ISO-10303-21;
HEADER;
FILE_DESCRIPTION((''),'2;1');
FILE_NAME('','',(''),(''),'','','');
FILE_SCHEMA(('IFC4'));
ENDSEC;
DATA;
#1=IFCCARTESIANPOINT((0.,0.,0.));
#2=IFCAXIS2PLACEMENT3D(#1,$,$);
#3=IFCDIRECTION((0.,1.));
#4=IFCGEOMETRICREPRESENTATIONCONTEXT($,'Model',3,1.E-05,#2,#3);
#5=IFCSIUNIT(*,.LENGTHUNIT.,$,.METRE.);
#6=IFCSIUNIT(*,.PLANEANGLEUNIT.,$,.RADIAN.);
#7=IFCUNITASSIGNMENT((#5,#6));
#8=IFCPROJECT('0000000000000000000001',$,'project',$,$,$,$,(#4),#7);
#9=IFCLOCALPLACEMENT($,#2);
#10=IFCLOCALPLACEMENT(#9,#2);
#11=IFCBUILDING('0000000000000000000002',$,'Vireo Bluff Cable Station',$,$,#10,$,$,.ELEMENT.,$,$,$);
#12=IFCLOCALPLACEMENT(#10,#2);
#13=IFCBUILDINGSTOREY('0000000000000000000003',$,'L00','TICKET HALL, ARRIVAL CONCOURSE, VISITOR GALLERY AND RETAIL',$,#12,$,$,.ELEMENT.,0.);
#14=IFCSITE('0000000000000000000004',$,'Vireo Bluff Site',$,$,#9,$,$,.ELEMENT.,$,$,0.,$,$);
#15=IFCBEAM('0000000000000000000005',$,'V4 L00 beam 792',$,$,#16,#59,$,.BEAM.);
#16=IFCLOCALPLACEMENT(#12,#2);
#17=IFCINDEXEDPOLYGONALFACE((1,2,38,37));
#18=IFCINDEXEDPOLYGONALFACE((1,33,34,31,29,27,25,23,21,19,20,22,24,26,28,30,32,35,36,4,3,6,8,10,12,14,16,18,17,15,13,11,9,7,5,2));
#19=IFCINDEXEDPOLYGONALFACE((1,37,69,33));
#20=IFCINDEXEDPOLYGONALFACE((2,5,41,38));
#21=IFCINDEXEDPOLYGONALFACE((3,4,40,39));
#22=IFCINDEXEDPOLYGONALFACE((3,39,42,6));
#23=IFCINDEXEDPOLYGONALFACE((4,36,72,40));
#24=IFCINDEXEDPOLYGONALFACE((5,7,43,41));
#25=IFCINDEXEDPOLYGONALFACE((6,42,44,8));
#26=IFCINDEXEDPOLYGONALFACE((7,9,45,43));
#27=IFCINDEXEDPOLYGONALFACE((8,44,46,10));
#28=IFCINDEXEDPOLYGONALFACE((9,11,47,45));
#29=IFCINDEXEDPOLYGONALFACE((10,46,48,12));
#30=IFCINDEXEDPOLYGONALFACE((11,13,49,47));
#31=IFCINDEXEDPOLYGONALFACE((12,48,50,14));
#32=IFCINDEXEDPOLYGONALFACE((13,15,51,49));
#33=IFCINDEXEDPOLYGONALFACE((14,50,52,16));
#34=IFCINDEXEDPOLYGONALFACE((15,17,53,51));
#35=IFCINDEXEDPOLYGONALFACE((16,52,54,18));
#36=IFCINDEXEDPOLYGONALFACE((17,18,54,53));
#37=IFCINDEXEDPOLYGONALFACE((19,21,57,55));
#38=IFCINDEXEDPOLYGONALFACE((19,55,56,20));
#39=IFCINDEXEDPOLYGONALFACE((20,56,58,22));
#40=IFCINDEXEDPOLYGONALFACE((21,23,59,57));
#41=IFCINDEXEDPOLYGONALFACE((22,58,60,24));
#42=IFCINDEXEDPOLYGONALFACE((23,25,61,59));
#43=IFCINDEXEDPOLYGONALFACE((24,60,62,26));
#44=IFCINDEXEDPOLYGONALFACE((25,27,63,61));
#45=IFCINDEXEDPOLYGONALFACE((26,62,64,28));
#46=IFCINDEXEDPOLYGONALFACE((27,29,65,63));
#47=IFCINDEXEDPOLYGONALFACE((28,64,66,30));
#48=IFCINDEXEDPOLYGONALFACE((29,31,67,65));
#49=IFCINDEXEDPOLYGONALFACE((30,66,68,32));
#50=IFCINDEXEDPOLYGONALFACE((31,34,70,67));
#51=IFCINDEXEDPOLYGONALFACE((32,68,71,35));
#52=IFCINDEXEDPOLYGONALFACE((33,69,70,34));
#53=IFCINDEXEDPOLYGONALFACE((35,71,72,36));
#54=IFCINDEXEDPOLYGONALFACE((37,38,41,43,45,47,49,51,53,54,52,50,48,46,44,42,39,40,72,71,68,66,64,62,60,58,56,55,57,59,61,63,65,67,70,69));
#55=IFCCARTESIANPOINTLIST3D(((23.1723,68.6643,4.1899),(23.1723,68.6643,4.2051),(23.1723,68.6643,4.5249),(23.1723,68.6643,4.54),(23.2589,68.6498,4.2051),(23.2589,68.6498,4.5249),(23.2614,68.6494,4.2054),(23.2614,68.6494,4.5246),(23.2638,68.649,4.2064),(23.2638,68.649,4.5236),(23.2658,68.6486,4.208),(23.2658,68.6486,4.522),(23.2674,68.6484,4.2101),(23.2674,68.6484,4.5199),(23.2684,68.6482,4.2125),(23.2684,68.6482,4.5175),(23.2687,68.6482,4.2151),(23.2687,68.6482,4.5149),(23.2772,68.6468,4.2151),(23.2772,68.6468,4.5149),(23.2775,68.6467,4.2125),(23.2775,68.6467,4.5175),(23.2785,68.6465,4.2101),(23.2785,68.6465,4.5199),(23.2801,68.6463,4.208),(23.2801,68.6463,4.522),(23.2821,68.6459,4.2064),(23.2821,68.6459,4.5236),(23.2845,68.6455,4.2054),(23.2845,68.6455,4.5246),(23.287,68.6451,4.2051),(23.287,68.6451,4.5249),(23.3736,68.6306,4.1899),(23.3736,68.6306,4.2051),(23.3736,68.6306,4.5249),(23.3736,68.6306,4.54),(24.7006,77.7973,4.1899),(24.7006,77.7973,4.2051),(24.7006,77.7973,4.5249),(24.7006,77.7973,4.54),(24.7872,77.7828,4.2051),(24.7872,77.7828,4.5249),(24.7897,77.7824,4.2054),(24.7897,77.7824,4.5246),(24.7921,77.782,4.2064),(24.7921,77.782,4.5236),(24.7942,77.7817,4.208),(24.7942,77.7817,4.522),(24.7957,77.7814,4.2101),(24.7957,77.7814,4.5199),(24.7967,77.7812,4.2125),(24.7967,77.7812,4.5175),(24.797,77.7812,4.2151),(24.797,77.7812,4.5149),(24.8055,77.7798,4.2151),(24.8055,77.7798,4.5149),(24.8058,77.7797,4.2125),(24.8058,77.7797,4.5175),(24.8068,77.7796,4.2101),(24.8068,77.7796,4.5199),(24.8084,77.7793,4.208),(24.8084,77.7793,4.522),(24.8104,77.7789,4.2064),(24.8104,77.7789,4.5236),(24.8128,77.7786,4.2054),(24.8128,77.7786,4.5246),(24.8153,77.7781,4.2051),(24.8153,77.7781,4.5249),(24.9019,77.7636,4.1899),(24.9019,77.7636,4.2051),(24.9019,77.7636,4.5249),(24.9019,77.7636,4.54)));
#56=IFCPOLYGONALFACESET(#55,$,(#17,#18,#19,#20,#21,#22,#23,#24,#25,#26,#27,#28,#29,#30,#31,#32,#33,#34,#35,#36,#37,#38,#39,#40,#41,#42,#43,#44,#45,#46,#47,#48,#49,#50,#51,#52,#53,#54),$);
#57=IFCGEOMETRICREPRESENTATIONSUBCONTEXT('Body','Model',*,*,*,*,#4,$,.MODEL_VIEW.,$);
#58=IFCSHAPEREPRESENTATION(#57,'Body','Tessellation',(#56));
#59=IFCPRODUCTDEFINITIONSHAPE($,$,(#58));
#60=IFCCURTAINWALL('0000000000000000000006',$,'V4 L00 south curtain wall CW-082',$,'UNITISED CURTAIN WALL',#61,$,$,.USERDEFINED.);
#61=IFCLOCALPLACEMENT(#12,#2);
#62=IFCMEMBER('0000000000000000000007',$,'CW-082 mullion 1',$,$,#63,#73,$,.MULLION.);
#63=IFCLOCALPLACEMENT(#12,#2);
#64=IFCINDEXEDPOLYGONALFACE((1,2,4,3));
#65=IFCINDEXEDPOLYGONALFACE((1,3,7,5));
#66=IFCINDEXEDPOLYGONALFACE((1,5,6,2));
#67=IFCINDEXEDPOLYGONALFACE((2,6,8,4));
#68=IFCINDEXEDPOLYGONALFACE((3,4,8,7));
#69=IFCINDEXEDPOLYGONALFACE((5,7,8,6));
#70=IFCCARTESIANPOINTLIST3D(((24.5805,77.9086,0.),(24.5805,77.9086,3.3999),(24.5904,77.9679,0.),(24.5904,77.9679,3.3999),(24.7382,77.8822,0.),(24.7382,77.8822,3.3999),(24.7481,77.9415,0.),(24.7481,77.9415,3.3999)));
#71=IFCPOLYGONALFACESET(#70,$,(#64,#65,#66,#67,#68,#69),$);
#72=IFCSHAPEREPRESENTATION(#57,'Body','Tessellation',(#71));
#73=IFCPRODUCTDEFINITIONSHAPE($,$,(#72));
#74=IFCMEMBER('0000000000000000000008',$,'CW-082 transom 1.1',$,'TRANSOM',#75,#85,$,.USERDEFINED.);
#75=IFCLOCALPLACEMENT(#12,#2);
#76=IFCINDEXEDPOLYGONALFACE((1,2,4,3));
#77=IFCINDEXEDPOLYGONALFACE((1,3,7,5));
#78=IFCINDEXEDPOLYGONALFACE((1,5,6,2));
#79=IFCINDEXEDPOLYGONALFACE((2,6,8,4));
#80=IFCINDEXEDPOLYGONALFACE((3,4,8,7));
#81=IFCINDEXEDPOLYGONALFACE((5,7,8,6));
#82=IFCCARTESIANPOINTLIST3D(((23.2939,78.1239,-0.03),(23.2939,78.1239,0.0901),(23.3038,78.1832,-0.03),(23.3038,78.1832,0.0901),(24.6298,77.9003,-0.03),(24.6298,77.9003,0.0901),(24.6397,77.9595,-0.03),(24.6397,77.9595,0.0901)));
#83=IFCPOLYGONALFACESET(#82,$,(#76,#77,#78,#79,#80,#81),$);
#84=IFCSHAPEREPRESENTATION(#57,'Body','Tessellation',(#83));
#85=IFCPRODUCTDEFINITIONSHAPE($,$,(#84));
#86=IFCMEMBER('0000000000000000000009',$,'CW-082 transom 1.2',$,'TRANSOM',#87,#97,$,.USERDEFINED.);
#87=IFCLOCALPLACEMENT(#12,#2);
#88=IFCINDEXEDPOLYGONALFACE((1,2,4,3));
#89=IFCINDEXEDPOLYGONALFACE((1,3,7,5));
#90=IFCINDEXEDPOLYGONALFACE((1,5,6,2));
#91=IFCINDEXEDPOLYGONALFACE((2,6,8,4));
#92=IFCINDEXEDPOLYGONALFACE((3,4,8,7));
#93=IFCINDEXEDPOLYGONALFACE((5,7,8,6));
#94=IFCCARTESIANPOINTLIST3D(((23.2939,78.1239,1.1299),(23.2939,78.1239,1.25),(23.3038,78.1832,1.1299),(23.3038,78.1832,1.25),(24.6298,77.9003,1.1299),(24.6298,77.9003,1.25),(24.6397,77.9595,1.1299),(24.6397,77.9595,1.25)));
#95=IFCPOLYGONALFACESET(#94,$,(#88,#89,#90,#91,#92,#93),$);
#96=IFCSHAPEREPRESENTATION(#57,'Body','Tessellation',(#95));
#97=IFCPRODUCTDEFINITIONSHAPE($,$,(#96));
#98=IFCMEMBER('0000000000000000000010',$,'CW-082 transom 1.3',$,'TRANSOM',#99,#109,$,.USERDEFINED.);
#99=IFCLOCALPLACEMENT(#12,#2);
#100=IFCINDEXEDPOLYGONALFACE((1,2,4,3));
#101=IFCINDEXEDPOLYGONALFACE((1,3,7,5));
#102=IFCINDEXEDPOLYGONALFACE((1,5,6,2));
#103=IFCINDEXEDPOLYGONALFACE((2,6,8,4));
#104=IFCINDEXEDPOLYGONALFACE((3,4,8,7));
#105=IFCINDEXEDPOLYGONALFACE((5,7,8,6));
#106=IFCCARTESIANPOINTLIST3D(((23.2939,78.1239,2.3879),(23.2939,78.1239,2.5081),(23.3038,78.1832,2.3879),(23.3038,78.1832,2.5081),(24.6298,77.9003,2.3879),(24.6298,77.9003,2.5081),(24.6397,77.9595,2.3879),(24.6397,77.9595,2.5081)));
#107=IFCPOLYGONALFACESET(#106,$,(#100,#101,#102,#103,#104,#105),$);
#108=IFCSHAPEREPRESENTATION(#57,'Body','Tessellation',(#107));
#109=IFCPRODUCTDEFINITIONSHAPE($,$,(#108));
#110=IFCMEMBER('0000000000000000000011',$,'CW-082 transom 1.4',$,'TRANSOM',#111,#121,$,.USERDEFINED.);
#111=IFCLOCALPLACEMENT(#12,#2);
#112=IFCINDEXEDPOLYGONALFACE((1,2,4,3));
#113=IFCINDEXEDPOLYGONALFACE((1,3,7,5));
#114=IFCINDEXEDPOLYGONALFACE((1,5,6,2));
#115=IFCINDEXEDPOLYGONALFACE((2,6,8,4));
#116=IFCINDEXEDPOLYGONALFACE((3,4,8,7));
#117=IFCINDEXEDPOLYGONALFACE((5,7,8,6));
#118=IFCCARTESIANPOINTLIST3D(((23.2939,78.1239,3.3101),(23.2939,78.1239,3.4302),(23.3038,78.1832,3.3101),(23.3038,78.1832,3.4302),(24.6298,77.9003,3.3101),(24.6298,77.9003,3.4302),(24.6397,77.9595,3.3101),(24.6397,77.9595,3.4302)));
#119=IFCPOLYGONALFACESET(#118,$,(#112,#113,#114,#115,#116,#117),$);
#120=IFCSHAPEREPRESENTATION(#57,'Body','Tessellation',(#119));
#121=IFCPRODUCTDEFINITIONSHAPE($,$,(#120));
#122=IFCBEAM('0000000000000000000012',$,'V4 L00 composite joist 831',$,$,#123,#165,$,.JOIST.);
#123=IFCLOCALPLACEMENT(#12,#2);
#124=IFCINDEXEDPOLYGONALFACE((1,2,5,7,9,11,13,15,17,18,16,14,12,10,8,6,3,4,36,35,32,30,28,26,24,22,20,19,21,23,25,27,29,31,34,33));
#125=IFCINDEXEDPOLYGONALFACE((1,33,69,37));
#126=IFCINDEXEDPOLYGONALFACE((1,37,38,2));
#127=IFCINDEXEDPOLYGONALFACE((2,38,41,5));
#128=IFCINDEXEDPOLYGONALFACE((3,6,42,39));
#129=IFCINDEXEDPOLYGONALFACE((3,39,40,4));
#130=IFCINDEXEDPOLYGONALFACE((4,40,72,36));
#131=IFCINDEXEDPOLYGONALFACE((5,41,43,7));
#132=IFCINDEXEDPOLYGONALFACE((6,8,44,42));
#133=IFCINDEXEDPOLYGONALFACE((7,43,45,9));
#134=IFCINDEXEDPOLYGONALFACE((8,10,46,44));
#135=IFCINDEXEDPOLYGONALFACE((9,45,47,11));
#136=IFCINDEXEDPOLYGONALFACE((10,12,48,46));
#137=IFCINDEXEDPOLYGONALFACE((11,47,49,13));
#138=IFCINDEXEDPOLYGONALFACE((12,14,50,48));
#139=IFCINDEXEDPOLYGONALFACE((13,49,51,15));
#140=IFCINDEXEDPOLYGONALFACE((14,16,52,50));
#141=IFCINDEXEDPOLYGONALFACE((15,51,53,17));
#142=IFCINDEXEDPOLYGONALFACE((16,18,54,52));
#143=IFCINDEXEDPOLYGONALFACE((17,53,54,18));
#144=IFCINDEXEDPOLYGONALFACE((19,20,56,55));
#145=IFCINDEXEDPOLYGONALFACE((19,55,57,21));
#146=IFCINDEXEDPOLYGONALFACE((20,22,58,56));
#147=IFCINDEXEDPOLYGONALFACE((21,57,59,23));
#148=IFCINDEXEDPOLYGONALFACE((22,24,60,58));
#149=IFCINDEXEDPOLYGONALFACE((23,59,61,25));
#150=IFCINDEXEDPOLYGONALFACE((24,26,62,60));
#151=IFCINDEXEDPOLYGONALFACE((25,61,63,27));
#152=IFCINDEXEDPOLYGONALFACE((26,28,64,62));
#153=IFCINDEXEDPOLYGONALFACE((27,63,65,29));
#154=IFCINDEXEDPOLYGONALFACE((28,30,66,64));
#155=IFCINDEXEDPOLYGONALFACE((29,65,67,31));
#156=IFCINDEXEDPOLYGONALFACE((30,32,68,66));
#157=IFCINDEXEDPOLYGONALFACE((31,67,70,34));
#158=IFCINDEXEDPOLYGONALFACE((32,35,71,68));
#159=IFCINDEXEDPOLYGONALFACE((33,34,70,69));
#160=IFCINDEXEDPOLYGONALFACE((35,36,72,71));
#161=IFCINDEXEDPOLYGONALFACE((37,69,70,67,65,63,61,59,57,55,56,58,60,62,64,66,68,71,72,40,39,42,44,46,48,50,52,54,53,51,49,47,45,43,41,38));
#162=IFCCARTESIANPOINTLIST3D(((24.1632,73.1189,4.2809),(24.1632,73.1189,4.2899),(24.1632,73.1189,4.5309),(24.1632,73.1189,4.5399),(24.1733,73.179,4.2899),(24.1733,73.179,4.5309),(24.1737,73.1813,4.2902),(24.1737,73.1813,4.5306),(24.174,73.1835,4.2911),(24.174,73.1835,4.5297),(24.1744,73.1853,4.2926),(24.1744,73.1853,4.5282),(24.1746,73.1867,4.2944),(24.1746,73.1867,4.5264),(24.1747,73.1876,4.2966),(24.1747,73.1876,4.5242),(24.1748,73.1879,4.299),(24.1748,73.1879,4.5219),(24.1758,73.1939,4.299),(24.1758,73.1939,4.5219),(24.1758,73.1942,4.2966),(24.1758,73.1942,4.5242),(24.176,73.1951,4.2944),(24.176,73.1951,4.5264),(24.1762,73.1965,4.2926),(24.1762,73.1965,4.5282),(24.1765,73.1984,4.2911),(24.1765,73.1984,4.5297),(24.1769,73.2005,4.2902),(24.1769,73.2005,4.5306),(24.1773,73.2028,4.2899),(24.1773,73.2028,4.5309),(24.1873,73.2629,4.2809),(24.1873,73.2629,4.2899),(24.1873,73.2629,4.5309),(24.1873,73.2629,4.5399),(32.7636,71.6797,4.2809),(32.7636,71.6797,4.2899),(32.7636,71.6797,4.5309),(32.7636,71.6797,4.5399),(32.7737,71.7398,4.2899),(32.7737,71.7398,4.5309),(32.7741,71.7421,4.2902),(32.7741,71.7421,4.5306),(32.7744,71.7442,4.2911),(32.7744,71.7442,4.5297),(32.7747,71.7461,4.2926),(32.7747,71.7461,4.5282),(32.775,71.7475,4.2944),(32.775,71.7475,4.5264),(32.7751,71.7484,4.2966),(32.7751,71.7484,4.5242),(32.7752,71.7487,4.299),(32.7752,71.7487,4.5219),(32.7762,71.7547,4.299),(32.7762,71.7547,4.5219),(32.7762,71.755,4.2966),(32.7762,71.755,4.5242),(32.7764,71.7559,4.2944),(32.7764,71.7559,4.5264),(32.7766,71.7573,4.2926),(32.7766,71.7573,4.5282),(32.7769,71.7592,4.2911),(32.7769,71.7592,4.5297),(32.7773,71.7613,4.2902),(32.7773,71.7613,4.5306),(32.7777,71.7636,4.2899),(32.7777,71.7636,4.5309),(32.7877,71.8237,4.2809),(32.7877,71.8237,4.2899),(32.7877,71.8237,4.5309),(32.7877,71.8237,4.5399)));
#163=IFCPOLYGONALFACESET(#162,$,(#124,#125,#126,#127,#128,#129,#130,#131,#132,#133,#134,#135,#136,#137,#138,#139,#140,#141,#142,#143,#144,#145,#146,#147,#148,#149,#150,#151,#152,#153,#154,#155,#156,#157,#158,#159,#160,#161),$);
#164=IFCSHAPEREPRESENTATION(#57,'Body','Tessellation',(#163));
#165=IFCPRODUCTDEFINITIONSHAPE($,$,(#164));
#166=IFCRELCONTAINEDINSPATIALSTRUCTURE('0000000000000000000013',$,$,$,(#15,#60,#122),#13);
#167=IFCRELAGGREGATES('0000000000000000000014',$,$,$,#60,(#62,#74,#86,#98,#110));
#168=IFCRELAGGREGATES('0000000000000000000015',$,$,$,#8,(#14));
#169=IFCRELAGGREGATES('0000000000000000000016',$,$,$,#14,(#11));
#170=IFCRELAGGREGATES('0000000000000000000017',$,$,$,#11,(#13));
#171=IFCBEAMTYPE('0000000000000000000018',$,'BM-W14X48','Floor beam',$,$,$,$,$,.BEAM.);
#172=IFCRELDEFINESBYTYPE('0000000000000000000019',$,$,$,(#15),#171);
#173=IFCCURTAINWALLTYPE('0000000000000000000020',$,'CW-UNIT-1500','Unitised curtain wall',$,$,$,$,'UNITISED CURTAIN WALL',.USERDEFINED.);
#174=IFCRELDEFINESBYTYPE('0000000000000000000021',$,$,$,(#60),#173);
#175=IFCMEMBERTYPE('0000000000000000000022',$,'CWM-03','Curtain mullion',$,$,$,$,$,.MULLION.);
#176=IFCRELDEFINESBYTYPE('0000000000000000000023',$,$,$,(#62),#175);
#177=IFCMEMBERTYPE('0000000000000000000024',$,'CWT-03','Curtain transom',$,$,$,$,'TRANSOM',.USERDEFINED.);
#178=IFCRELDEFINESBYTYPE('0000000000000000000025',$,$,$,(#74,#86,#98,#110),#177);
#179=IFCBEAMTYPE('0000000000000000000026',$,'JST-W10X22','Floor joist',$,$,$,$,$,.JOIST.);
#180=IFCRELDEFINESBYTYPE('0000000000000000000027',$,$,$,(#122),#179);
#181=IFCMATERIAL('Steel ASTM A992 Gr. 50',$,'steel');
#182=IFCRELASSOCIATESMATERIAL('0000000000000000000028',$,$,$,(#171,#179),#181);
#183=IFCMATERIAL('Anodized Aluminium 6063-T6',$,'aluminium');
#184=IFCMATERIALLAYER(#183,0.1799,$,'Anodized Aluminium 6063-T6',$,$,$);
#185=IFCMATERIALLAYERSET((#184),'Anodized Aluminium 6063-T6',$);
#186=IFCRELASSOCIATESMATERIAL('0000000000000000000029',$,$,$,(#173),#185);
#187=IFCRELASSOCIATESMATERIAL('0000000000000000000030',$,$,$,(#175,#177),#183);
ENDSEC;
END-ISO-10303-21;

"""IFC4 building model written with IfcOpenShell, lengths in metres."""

from ifc_helpers import new_model, si_unit, direction, frame, origin, origin_2d, place, context, subcontext, project, spatial, rectangle, i_section, extrude, material, layer, layer_set, material_profile, profile_set, type_object, element, aggregate, save


model = new_model("IFC4")

# Units and contexts
model_context = context("Model", 3, precision=1e-05, world=origin(), true_north=direction((0.0, 1.0)))
body_context = subcontext(model_context, "Body", "Model", "MODEL_VIEW")
ifc_project = project(units=[si_unit("LENGTHUNIT", "METRE"), si_unit("PLANEANGLEUNIT", "RADIAN")], contexts=[model_context])

# Site, building, storey
site_placement = place(None, origin())
site = spatial("IfcSite", under=ifc_project, at=site_placement, Name="Vireo Bluff Site", CompositionType="ELEMENT", RefElevation=0.0)
building_placement = place(site_placement, origin())
building = spatial("IfcBuilding", under=site, at=building_placement, Name="Vireo Bluff Cable Station", CompositionType="ELEMENT")
storey_placement = place(building_placement, origin())
storey = spatial("IfcBuildingStorey", under=building, at=storey_placement, Name="L00", Description="TICKET HALL, ARRIVAL CONCOURSE, VISITOR GALLERY AND RETAIL", CompositionType="ELEMENT", Elevation=0.0)

# Shared definitions
ifc_material_1 = material(Name="Steel ASTM A992 Gr. 50", Category="steel")

# Beam
ifc_material_profile_1 = material_profile(ifc_material_1, i_section(OverallWidth=0.2041, OverallDepth=0.3501, WebThickness=0.0085, FlangeThickness=0.0151, FilletRadius=0.01, at=origin_2d()), Name="W14X48")
ifc_profile_set_1 = profile_set([ifc_material_profile_1], Name="Steel ASTM A992 Gr. 50")
beam_type_1 = type_object("IfcBeamType", Name="BM-W14X48", Description="Floor beam", PredefinedType="BEAM", material=ifc_profile_set_1)
beam_1_placement = place(storey_placement, frame((23.2729, 68.6475, 4.365), z_axis=(0.165045, 0.986286, 0.0), x_axis=(-0.986286, 0.165045, 0.0)))
element("IfcBeam", 1, at=beam_1_placement, inside=storey, type_object=beam_type_1, Name="V4 L00 beam 792", PredefinedType="BEAM", context=body_context, shape_type="SweptSolid", body=[
    extrude(i_section(OverallWidth=0.2041, OverallDepth=0.3501, WebThickness=0.0085, FlangeThickness=0.0151, FilletRadius=0.01, at=origin_2d()), origin(), (0.0, 0.0, 1.0), 9.26),
])

# Curtain wall, members
ifc_material_2 = material(Name="Anodized Aluminium 6063-T6", Category="aluminium")
ifc_layer_1 = layer(ifc_material_2, 0.1799, Name="Anodized Aluminium 6063-T6")
ifc_layer_set_1 = layer_set([ifc_layer_1], Name="Anodized Aluminium 6063-T6")
curtain_wall_type = type_object("IfcCurtainWallType", Name="CW-UNIT-1500", Description="Unitised curtain wall", ElementType="UNITISED CURTAIN WALL", PredefinedType="USERDEFINED", material=ifc_layer_set_1)
curtain_wall_placement = place(storey_placement, origin())
curtain_wall = element("IfcCurtainWall", 2, at=curtain_wall_placement, inside=storey, type_object=curtain_wall_type, Name="V4 L00 south curtain wall CW-082", ObjectType="UNITISED CURTAIN WALL", PredefinedType="USERDEFINED")
ifc_material_profile_2 = material_profile(ifc_material_2, rectangle(XDim=0.0601, YDim=0.1599, at=origin_2d()), Name="ALU-M-60X160")
ifc_profile_set_2 = profile_set([ifc_material_profile_2], Name="Anodized Aluminium 6063-T6")
member_type_1 = type_object("IfcMemberType", Name="CWM-03", Description="Curtain mullion", PredefinedType="MULLION", material=ifc_profile_set_2)
member_1_placement = place(storey_placement, frame((24.6643, 77.925, 0.0), z_axis=(0.0, 0.0, 1.0), x_axis=(-0.165048, -0.986286, 0.0)))
member_1 = element("IfcMember", 3, at=member_1_placement, type_object=member_type_1, Name="CW-082 mullion 1", PredefinedType="MULLION", context=body_context, shape_type="SweptSolid", body=[
    extrude(rectangle(XDim=0.0601, YDim=0.1599, at=origin_2d()), origin(), (0.0, 0.0, 1.0), 3.3999),
])
ifc_material_profile_3 = material_profile(ifc_material_2, rectangle(XDim=0.0601, YDim=0.1201, at=origin_2d()), Name="ALU-T-60X120")
ifc_profile_set_3 = profile_set([ifc_material_profile_3], Name="Anodized Aluminium 6063-T6")
member_type_2 = type_object("IfcMemberType", Name="CWT-03", Description="Curtain transom", ElementType="TRANSOM", PredefinedType="USERDEFINED", material=ifc_profile_set_3)
member_2_placement = place(storey_placement, frame((24.6348, 77.9299, 0.03), z_axis=(-0.986277, 0.1651, 0.0), x_axis=(-0.1651, -0.986277, 0.0)))
member_2 = element("IfcMember", 4, at=member_2_placement, type_object=member_type_2, Name="CW-082 transom 1.1", ObjectType="TRANSOM", PredefinedType="USERDEFINED", context=body_context, shape_type="SweptSolid", body=[
    extrude(rectangle(XDim=0.0601, YDim=0.1201, at=origin_2d()), origin(), (0.0, 0.0, 1.0), 1.3545),
])
member_3_placement = place(storey_placement, frame((24.6348, 77.9299, 1.1899), z_axis=(-0.986277, 0.1651, 0.0), x_axis=(-0.1651, -0.986277, 0.0)))
member_3 = element("IfcMember", 5, at=member_3_placement, type_object=member_type_2, Name="CW-082 transom 1.2", ObjectType="TRANSOM", PredefinedType="USERDEFINED", context=body_context, shape_type="SweptSolid", body=[
    extrude(rectangle(XDim=0.0601, YDim=0.1201, at=origin_2d()), origin(), (0.0, 0.0, 1.0), 1.3545),
])
member_4_placement = place(storey_placement, frame((24.6348, 77.9299, 2.448), z_axis=(-0.986277, 0.1651, 0.0), x_axis=(-0.1651, -0.986277, 0.0)))
member_4 = element("IfcMember", 6, at=member_4_placement, type_object=member_type_2, Name="CW-082 transom 1.3", ObjectType="TRANSOM", PredefinedType="USERDEFINED", context=body_context, shape_type="SweptSolid", body=[
    extrude(rectangle(XDim=0.0601, YDim=0.1201, at=origin_2d()), origin(), (0.0, 0.0, 1.0), 1.3545),
])
member_5_placement = place(storey_placement, frame((24.6348, 77.9299, 3.3701), z_axis=(-0.986277, 0.1651, 0.0), x_axis=(-0.1651, -0.986277, 0.0)))
member_5 = element("IfcMember", 7, at=member_5_placement, type_object=member_type_2, Name="CW-082 transom 1.4", ObjectType="TRANSOM", PredefinedType="USERDEFINED", context=body_context, shape_type="SweptSolid", body=[
    extrude(rectangle(XDim=0.0601, YDim=0.1201, at=origin_2d()), origin(), (0.0, 0.0, 1.0), 1.3545),
])

# Beam
ifc_material_profile_4 = material_profile(ifc_material_1, i_section(OverallWidth=0.146, OverallDepth=0.259, WebThickness=0.0061, FlangeThickness=0.009, FilletRadius=0.009, at=origin_2d()), Name="W10X22")
ifc_profile_set_4 = profile_set([ifc_material_profile_4], Name="Steel ASTM A992 Gr. 50")
beam_type_2 = type_object("IfcBeamType", Name="JST-W10X22", Description="Floor joist", PredefinedType="JOIST", material=ifc_profile_set_4)
beam_2_placement = place(storey_placement, frame((24.1753, 73.1909, 4.4104), z_axis=(0.986286, -0.165048, 0.0), x_axis=(0.165048, 0.986286, 0.0)))
element("IfcBeam", 8, at=beam_2_placement, inside=storey, type_object=beam_type_2, Name="V4 L00 composite joist 831", PredefinedType="JOIST", context=body_context, shape_type="SweptSolid", body=[
    extrude(i_section(OverallWidth=0.146, OverallDepth=0.259, WebThickness=0.0061, FlangeThickness=0.009, FilletRadius=0.009, at=origin_2d()), origin(), (0.0, 0.0, 1.0), 8.72),
])

aggregate(curtain_wall, [member_1, member_2, member_3, member_4, member_5])

save(model, "model.ifc")
